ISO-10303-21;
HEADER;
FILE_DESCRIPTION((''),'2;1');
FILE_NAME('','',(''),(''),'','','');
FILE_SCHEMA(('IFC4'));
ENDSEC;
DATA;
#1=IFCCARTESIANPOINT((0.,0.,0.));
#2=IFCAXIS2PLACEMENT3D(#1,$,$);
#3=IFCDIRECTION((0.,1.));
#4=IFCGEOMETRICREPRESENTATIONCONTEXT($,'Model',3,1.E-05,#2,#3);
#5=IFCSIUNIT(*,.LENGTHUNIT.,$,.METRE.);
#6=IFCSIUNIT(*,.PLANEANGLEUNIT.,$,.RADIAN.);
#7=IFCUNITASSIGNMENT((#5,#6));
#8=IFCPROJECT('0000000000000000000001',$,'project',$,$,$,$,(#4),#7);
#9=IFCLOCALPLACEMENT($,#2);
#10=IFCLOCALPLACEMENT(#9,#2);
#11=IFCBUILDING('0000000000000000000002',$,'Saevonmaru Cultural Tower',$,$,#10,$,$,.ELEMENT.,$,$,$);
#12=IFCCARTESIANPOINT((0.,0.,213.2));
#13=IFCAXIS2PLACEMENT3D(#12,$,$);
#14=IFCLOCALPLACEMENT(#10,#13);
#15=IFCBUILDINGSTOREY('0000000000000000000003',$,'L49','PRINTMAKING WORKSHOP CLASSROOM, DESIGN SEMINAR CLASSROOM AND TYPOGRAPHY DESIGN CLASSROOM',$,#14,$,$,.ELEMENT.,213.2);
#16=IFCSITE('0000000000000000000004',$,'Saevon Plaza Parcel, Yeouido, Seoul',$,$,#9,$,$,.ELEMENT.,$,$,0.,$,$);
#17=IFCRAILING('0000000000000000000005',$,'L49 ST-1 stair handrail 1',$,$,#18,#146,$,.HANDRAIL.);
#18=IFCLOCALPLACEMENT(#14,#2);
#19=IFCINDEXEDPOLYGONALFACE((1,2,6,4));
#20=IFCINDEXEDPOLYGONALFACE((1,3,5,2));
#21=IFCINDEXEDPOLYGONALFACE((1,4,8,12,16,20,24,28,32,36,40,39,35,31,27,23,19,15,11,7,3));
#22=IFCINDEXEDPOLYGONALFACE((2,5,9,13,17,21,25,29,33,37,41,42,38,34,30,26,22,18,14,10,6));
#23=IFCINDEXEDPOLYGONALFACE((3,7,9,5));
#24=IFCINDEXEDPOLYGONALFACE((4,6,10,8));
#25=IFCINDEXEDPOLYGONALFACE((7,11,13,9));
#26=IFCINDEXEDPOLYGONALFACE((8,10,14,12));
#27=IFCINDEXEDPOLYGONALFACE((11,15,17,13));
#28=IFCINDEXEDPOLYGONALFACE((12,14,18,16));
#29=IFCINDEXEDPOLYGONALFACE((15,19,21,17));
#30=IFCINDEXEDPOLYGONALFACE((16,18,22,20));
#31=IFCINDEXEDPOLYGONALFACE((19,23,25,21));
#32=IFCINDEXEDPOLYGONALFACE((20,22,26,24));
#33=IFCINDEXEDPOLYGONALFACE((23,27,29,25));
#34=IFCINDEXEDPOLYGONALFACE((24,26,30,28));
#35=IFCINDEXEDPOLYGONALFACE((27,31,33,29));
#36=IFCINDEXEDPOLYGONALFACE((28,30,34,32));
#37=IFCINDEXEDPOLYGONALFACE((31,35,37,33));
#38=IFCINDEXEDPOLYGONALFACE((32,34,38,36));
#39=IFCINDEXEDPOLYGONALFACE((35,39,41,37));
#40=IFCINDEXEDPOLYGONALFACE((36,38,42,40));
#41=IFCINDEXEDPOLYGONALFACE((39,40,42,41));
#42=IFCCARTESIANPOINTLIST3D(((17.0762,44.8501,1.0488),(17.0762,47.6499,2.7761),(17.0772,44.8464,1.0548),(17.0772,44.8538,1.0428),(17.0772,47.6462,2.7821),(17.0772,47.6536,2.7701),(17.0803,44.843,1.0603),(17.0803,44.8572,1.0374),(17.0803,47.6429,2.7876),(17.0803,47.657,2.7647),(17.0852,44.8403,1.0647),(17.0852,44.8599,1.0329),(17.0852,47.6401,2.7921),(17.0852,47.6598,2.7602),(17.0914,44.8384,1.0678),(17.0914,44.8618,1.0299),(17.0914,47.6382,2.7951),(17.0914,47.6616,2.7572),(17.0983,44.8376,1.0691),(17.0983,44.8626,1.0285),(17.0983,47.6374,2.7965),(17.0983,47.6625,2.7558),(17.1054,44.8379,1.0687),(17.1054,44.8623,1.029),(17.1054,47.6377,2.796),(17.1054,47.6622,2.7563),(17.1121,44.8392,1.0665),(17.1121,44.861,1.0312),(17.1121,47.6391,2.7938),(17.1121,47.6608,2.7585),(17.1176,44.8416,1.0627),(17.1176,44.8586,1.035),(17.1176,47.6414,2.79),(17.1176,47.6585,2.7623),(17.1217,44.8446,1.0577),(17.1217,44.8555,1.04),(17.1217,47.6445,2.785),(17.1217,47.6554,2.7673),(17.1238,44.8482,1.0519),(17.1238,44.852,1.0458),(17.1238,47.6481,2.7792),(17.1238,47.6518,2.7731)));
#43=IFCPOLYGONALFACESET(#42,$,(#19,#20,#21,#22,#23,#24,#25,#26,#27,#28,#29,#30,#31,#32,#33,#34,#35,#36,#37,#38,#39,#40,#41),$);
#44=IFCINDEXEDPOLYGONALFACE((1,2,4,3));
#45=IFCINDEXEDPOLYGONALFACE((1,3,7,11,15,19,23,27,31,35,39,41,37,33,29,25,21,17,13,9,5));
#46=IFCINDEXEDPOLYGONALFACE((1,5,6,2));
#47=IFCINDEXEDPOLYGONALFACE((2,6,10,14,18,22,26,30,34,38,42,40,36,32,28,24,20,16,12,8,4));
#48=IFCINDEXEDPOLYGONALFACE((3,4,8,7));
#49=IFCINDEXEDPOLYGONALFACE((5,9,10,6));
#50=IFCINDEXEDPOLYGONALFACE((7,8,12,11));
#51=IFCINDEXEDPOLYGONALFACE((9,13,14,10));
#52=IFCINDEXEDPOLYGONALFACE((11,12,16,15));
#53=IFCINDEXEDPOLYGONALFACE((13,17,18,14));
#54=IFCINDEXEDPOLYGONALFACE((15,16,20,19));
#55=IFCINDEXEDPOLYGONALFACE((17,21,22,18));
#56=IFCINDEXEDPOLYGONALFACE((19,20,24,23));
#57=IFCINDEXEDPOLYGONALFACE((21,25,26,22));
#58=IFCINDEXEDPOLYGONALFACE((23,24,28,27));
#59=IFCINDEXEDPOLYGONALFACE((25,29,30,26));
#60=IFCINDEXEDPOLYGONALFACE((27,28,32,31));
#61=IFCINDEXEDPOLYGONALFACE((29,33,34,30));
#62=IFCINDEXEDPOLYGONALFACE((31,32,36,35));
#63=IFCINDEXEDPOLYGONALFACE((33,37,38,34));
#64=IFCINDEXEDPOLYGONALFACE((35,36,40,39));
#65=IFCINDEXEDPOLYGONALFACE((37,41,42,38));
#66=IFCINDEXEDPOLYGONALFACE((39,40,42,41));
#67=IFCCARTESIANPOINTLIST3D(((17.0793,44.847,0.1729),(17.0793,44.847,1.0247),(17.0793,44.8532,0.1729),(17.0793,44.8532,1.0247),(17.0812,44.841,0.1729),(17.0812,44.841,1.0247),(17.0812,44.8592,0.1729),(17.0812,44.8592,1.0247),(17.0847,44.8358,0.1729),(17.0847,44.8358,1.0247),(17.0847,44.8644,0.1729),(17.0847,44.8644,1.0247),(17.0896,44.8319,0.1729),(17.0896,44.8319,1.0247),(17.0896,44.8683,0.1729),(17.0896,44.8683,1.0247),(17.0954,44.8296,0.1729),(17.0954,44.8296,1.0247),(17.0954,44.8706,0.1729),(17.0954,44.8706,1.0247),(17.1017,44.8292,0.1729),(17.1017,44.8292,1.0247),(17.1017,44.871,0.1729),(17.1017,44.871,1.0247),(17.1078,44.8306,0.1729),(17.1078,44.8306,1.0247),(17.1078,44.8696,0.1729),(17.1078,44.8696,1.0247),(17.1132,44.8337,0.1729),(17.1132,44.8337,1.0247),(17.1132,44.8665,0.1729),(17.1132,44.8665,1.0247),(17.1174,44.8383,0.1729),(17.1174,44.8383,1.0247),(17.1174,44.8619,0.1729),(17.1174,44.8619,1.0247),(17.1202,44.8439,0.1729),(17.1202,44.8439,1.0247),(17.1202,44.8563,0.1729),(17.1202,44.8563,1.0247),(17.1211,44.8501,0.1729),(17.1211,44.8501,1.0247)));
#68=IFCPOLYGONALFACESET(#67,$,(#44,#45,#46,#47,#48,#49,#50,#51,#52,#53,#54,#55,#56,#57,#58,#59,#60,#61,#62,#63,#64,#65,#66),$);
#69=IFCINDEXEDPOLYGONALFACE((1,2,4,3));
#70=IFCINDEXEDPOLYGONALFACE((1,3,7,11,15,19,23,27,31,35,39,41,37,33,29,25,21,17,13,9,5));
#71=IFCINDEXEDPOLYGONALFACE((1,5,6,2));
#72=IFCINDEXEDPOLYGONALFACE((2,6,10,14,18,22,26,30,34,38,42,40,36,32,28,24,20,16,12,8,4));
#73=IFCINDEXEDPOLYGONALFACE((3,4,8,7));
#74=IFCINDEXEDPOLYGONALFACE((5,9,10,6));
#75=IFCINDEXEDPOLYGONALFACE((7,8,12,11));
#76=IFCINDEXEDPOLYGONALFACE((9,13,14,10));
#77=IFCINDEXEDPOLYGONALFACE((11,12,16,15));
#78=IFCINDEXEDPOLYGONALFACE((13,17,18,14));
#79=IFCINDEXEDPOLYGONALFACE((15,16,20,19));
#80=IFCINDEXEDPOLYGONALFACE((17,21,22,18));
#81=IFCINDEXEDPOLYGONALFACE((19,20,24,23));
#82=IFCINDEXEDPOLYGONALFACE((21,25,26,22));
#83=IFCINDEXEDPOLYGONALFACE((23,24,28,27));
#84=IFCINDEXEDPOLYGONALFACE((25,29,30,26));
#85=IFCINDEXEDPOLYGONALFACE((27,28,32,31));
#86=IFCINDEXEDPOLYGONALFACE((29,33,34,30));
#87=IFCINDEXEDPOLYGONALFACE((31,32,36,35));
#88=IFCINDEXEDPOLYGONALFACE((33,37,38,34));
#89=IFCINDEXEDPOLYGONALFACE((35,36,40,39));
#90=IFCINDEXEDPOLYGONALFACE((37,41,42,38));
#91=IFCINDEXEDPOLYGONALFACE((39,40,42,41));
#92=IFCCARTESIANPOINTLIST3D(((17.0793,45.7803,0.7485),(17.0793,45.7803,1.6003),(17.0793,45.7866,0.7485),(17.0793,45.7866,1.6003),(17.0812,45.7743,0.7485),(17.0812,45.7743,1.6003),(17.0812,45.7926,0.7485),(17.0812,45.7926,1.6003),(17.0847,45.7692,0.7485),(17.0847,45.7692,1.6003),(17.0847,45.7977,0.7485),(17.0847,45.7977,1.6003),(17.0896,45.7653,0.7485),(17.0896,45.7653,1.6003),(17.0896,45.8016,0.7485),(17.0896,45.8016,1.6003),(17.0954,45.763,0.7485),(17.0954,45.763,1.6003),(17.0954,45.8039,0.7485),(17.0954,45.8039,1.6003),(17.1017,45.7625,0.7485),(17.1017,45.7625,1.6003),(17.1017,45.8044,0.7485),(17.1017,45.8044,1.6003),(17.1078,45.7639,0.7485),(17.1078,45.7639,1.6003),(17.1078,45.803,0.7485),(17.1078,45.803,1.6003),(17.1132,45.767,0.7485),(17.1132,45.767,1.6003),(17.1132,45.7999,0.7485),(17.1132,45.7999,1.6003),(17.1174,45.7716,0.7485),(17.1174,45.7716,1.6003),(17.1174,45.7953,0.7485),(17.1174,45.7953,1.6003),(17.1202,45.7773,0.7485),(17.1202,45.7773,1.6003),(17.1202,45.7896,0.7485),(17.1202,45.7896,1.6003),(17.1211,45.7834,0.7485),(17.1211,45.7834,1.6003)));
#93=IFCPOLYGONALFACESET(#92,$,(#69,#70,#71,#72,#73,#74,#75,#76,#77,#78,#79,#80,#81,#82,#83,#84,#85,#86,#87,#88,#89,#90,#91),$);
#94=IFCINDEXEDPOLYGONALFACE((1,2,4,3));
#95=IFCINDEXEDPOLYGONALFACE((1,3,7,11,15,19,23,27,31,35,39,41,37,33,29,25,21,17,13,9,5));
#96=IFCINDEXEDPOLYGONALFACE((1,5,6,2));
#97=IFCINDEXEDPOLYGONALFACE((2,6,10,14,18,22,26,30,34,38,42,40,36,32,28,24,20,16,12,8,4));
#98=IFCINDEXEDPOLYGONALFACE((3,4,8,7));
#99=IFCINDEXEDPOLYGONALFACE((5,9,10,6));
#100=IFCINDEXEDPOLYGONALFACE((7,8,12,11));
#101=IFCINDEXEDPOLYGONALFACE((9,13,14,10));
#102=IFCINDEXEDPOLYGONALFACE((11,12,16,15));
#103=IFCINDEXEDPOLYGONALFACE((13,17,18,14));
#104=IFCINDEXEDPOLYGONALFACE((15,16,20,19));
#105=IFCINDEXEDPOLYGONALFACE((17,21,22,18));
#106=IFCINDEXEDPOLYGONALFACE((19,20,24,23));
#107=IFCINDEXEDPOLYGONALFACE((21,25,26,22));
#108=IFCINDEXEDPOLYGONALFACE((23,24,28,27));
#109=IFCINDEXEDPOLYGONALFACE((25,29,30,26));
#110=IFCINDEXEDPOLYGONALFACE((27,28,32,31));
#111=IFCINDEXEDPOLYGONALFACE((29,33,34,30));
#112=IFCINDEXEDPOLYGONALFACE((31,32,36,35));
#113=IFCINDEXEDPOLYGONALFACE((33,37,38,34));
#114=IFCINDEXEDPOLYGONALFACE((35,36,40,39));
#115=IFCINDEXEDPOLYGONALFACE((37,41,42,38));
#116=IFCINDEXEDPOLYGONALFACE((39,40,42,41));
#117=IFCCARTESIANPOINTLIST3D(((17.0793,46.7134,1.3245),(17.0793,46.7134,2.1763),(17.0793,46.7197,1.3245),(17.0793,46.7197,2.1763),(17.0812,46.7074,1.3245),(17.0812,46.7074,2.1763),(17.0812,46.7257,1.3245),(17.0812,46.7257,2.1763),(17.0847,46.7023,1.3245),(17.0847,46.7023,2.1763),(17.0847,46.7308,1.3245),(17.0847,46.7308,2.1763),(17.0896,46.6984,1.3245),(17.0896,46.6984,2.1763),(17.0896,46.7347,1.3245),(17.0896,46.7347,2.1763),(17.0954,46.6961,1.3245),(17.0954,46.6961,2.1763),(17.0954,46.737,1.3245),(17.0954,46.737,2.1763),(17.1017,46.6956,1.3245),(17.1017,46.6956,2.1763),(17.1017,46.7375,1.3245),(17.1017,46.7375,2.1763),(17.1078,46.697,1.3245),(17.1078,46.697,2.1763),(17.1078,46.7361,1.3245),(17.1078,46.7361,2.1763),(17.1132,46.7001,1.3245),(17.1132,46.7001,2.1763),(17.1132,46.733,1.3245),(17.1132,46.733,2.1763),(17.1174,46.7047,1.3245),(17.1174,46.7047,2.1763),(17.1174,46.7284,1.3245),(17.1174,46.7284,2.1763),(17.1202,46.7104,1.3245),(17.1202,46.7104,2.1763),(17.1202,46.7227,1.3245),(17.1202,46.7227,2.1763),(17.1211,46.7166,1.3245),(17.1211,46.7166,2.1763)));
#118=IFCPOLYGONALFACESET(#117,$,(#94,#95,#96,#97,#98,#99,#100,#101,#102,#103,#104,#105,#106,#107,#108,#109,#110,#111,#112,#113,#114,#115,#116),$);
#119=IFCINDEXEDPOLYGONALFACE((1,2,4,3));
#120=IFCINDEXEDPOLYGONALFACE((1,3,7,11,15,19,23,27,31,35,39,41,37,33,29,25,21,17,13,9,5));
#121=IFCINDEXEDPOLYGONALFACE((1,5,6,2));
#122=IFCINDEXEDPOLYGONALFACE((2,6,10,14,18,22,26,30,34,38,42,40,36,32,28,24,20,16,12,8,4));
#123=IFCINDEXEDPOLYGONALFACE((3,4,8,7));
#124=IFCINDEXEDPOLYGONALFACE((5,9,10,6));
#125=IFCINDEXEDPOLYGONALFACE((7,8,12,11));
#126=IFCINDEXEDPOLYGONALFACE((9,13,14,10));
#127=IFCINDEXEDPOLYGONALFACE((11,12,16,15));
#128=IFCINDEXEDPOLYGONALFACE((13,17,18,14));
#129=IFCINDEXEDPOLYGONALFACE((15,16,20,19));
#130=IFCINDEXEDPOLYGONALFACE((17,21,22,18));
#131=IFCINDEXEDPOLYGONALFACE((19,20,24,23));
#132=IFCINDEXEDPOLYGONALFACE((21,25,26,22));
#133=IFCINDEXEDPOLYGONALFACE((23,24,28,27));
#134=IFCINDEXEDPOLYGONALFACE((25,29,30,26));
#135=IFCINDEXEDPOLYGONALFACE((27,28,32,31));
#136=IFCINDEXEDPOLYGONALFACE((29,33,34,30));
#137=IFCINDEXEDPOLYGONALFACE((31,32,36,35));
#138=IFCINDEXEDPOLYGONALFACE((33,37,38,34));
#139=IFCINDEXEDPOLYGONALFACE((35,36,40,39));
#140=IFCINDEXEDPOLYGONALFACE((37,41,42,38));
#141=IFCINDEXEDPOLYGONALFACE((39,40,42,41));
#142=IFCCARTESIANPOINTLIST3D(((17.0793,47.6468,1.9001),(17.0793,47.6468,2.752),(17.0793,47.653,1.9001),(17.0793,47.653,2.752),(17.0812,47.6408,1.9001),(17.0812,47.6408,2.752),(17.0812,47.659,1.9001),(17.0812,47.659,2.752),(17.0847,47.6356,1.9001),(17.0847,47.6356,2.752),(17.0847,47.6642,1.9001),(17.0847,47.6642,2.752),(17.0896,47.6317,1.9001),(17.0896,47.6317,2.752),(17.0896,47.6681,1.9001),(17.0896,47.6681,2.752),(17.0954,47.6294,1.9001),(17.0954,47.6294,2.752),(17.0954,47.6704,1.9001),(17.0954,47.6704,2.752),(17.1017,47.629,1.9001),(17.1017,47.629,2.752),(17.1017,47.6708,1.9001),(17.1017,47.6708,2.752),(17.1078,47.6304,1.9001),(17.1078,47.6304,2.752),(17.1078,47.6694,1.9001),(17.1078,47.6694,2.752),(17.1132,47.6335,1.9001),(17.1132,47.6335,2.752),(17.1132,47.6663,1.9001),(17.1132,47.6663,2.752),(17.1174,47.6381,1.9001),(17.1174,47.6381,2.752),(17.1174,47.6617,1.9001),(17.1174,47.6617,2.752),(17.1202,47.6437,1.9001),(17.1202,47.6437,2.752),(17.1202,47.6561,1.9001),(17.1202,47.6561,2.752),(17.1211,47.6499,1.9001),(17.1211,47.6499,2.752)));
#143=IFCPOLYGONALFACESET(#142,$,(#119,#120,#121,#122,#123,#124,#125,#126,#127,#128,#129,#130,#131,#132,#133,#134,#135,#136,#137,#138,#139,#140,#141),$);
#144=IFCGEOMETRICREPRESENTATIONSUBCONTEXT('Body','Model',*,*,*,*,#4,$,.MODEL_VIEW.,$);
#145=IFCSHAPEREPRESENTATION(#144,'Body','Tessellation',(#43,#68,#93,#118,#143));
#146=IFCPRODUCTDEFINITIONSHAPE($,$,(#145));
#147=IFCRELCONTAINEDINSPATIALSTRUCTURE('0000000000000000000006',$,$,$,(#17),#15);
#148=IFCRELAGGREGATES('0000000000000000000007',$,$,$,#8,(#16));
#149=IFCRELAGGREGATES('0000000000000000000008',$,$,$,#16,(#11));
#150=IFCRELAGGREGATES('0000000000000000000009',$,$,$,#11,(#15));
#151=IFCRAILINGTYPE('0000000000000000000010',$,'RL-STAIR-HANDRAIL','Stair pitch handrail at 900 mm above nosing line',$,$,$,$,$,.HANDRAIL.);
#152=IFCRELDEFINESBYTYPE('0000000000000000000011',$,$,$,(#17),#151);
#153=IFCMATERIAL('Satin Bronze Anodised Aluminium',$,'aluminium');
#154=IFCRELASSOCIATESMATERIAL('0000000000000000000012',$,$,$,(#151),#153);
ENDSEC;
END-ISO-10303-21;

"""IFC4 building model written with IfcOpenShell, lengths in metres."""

from ifc_helpers import new_model, si_unit, direction, frame, origin, origin_2d, place, context, subcontext, project, spatial, circle, extrude, material, type_object, element, save


model = new_model("IFC4")

# Units and contexts
model_context = context("Model", 3, precision=1e-05, world=origin(), true_north=direction((0.0, 1.0)))
body_context = subcontext(model_context, "Body", "Model", "MODEL_VIEW")
ifc_project = project(units=[si_unit("LENGTHUNIT", "METRE"), si_unit("PLANEANGLEUNIT", "RADIAN")], contexts=[model_context])

# Site, building, storey
site_placement = place(None, origin())
site = spatial("IfcSite", under=ifc_project, at=site_placement, Name="Saevon Plaza Parcel, Yeouido, Seoul", CompositionType="ELEMENT", RefElevation=0.0)
building_placement = place(site_placement, origin())
building = spatial("IfcBuilding", under=site, at=building_placement, Name="Saevonmaru Cultural Tower", CompositionType="ELEMENT")
storey_placement = place(building_placement, frame((0.0, 0.0, 213.2)))
storey = spatial("IfcBuildingStorey", under=building, at=storey_placement, Name="L49", Description="PRINTMAKING WORKSHOP CLASSROOM, DESIGN SEMINAR CLASSROOM AND TYPOGRAPHY DESIGN CLASSROOM", CompositionType="ELEMENT", Elevation=213.2)

# Shared definitions
ifc_material_1 = material(Name="Satin Bronze Anodised Aluminium", Category="aluminium")

# Railing
railing_type_1 = type_object("IfcRailingType", Name="RL-STAIR-HANDRAIL", Description="Stair pitch handrail at 900 mm above nosing line", PredefinedType="HANDRAIL", material=ifc_material_1)
railing_1_placement = place(storey_placement, frame((17.1001, 44.8501, 0.1729)))
element("IfcRailing", 1, at=railing_1_placement, inside=storey, type_object=railing_type_1, Name="L49 ST-1 stair handrail 1", PredefinedType="HANDRAIL", context=body_context, shape_type="SweptSolid", body=[
    extrude(circle(Radius=0.0239, at=origin_2d()), frame((0.0, 0.0, 0.876), z_axis=(0.0, 0.851069, 0.525054), x_axis=(-1.0, 0.0, 0.0)), (0.0, 0.0, 1.0), 3.2898),
    extrude(circle(Radius=0.021, at=origin_2d()), origin(), (0.0, 0.0, 1.0), 0.8518),
    extrude(circle(Radius=0.021, at=origin_2d()), frame((0.0, 0.9333, 0.5757)), (0.0, 0.0, 1.0), 0.8518),
    extrude(circle(Radius=0.021, at=origin_2d()), frame((0.0, 1.8665, 1.1516)), (0.0, 0.0, 1.0), 0.8518),
    extrude(circle(Radius=0.021, at=origin_2d()), frame((0.0, 2.7998, 1.7273)), (0.0, 0.0, 1.0), 0.8518),
])

save(model, "model.ifc")
